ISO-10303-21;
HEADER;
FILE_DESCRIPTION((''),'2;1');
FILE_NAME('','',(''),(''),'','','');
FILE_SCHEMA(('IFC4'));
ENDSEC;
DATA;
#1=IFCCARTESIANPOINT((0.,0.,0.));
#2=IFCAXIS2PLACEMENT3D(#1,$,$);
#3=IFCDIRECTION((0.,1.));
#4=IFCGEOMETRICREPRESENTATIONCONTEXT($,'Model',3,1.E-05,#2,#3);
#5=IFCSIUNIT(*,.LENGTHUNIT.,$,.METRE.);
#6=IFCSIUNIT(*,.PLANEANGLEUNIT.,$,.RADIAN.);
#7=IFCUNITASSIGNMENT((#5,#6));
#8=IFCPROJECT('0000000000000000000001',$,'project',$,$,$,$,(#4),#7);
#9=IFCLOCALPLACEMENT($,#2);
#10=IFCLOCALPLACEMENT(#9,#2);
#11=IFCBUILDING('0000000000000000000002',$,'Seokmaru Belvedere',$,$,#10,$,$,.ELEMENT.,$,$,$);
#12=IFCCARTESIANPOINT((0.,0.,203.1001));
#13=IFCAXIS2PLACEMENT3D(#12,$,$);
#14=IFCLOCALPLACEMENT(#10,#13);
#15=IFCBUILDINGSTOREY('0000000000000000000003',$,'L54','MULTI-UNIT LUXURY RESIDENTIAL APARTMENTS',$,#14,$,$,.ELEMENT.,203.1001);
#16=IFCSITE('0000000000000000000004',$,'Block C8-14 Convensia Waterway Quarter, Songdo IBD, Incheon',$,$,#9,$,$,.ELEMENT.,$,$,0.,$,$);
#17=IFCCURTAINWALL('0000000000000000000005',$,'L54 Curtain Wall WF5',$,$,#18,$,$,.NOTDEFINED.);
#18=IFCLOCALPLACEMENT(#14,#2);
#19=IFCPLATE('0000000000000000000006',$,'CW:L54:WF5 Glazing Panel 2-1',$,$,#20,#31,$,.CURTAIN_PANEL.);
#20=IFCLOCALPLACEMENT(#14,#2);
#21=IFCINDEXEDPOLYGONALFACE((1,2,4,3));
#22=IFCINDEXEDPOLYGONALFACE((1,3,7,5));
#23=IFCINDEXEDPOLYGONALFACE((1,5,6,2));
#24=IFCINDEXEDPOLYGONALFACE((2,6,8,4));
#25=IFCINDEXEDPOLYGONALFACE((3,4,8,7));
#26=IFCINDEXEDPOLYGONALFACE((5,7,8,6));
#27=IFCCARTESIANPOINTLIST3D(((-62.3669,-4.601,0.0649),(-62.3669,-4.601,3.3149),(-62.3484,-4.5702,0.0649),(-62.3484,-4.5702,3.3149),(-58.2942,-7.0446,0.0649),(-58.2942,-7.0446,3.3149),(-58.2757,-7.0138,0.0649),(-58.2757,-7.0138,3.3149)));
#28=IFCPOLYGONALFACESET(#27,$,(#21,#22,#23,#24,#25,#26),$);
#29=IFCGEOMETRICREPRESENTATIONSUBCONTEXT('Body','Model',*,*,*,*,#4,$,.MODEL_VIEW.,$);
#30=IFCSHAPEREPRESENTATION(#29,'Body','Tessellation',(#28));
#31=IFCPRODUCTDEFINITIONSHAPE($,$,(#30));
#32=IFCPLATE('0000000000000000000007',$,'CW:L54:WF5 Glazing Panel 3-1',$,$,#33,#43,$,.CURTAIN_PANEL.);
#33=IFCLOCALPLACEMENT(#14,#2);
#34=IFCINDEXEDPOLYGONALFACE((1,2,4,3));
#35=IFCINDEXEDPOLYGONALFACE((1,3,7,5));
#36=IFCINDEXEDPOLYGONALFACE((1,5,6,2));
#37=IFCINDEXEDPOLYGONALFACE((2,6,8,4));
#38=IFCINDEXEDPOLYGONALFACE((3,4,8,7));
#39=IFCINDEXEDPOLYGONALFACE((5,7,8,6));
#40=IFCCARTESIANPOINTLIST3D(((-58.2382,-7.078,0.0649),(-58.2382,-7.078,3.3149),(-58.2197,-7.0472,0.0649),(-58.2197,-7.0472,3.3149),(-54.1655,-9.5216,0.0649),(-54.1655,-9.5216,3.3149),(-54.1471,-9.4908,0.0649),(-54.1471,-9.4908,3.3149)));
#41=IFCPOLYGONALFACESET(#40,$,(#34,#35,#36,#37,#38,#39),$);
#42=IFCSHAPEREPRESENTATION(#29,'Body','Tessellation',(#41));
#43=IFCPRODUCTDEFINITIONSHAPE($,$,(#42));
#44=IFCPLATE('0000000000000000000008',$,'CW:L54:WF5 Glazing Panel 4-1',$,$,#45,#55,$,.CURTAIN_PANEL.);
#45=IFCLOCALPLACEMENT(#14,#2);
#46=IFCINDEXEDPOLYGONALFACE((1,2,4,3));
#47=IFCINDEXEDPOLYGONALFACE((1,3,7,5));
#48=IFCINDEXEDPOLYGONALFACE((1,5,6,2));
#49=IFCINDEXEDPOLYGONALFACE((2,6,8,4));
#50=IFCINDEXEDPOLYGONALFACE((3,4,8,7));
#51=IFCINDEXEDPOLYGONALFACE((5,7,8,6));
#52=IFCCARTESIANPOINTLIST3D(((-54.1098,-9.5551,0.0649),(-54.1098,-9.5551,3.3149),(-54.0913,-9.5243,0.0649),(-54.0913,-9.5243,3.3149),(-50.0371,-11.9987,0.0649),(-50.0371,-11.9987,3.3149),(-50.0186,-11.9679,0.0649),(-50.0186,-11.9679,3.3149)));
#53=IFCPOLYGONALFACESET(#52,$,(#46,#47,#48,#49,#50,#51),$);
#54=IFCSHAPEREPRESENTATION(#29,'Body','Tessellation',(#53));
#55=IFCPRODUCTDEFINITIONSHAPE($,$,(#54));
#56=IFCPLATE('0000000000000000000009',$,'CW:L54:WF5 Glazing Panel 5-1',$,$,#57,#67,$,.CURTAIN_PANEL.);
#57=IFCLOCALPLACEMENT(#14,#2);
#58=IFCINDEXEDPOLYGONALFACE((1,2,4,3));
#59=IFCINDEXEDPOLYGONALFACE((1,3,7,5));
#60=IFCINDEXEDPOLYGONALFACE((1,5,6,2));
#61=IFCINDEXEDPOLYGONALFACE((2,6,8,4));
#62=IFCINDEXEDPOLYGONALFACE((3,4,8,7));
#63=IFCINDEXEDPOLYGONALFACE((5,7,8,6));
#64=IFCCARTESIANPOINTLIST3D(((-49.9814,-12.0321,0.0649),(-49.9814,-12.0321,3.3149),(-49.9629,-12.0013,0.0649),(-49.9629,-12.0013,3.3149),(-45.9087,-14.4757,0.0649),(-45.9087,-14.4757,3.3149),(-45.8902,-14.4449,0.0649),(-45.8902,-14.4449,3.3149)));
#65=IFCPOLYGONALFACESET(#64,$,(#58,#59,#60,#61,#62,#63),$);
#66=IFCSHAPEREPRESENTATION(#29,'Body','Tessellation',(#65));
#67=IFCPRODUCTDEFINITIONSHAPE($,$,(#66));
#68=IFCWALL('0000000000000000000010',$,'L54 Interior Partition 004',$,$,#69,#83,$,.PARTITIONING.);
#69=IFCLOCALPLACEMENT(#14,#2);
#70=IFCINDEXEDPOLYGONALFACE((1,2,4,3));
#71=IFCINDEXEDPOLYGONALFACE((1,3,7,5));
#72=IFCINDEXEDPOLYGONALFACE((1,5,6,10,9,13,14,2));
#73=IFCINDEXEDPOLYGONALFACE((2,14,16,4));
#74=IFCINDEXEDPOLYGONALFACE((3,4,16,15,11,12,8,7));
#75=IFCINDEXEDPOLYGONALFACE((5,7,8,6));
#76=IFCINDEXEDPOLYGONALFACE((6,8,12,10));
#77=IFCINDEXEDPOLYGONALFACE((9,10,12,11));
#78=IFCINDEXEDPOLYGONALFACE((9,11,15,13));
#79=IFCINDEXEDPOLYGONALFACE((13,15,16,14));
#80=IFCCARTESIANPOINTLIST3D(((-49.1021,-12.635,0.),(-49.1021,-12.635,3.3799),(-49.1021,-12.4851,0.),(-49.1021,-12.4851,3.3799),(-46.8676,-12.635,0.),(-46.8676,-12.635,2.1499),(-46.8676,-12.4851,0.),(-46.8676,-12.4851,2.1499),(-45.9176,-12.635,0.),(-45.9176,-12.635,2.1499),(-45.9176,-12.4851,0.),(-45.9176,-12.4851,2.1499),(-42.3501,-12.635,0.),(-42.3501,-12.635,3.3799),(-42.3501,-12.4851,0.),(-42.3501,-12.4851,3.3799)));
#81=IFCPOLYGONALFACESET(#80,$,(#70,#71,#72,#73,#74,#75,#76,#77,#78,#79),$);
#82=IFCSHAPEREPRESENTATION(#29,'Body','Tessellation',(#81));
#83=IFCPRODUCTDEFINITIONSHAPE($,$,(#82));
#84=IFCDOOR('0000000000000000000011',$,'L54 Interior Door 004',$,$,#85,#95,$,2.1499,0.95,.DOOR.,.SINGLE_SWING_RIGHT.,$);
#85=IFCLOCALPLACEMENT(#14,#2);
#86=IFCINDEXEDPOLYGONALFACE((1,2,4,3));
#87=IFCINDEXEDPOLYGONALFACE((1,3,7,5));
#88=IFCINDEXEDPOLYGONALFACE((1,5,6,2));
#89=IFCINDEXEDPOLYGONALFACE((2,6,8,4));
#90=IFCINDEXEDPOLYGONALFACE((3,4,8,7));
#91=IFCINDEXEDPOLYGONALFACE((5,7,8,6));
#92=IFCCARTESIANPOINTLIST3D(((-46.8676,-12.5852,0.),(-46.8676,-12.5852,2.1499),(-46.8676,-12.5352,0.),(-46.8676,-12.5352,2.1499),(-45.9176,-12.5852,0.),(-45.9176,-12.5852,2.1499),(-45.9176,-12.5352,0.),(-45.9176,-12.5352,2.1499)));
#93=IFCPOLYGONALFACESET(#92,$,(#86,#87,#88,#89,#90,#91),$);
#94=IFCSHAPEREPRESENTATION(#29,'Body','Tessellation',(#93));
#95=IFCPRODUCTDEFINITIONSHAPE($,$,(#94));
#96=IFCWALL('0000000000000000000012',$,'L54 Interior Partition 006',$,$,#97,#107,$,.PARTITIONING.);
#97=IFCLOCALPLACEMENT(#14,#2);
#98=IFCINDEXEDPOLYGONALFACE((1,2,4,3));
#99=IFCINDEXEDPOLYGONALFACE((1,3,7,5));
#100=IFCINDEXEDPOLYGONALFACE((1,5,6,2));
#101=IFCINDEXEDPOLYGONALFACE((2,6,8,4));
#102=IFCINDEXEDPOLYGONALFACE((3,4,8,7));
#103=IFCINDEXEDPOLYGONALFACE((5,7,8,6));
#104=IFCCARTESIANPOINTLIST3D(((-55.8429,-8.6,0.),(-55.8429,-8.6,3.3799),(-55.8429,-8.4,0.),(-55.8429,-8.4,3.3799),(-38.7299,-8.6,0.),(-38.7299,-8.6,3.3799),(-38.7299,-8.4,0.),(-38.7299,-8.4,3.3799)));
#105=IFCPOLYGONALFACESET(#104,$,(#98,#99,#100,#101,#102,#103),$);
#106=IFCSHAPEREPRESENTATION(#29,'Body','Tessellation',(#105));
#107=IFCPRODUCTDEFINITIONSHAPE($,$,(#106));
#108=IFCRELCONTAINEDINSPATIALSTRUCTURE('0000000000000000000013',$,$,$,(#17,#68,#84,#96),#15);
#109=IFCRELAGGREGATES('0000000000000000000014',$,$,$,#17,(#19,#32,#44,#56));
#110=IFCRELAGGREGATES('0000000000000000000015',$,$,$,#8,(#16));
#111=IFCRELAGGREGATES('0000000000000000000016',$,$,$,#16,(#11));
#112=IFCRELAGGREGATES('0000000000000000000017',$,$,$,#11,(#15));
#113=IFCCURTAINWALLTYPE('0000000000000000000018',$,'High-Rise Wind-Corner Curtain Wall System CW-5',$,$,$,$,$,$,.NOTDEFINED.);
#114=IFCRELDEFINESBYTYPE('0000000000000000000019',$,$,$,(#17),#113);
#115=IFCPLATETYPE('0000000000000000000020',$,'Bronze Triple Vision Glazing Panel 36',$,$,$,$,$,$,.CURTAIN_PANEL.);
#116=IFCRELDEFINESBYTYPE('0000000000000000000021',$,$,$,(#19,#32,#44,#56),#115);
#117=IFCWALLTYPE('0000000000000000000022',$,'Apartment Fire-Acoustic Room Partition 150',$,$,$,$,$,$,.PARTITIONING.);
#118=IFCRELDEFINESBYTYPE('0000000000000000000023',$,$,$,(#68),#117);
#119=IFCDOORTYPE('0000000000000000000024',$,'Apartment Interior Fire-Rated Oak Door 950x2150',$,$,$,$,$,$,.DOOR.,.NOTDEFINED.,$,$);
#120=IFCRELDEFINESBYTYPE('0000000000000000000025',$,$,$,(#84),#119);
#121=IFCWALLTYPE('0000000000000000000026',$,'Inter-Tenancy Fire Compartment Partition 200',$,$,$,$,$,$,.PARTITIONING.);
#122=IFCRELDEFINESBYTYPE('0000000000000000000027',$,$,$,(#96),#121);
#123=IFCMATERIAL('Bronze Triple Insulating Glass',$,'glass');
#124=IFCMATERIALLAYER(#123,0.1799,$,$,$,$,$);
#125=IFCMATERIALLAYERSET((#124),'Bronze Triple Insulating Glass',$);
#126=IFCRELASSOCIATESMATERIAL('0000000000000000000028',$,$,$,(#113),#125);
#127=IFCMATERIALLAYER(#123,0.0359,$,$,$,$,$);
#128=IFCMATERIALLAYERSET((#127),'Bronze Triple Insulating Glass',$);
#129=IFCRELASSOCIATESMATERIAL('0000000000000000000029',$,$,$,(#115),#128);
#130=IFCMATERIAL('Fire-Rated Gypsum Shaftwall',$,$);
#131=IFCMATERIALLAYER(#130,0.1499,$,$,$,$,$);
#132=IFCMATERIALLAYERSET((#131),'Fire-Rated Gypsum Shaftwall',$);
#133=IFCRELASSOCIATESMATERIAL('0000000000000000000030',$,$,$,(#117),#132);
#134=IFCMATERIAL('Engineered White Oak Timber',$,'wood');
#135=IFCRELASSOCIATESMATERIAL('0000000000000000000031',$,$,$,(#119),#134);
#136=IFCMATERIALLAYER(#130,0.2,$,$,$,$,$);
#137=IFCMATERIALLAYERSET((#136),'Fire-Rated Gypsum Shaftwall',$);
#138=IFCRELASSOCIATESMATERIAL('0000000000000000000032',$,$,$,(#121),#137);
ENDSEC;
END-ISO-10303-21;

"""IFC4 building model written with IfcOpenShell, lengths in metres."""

from ifc_helpers import new_model, si_unit, direction, frame, frame_2d, origin, origin_2d, place, context, subcontext, project, spatial, rectangle, extrude, source, transform, mapped, material, layer, layer_set, type_object, type_shapes, element, fill, aggregate, save


model = new_model("IFC4")

# Units and contexts
model_context = context("Model", 3, precision=1e-05, world=origin(), true_north=direction((0.0, 1.0)))
body_context = subcontext(model_context, "Body", "Model", "MODEL_VIEW")
ifc_project = project(units=[si_unit("LENGTHUNIT", "METRE"), si_unit("PLANEANGLEUNIT", "RADIAN")], contexts=[model_context])

# Site, building, storey
site_placement = place(None, origin())
site = spatial("IfcSite", under=ifc_project, at=site_placement, Name="Block C8-14 Convensia Waterway Quarter, Songdo IBD, Incheon", CompositionType="ELEMENT", RefElevation=0.0)
building_placement = place(site_placement, origin())
building = spatial("IfcBuilding", under=site, at=building_placement, Name="Seokmaru Belvedere", CompositionType="ELEMENT")
storey_placement = place(building_placement, frame((0.0, 0.0, 203.1001)))
storey = spatial("IfcBuildingStorey", under=building, at=storey_placement, Name="L54", Description="MULTI-UNIT LUXURY RESIDENTIAL APARTMENTS", CompositionType="ELEMENT", Elevation=203.1001)

# Curtain wall, plates
ifc_material_1 = material(Name="Bronze Triple Insulating Glass", Category="glass")
ifc_layer_1 = layer(ifc_material_1, 0.1799)
ifc_layer_set_1 = layer_set([ifc_layer_1], Name="Bronze Triple Insulating Glass")
curtain_wall_type = type_object("IfcCurtainWallType", Name="High-Rise Wind-Corner Curtain Wall System CW-5", PredefinedType="NOTDEFINED", material=ifc_layer_set_1)
curtain_wall_placement = place(storey_placement, origin())
curtain_wall = element("IfcCurtainWall", 1, at=curtain_wall_placement, inside=storey, type_object=curtain_wall_type, Name="L54 Curtain Wall WF5", PredefinedType="NOTDEFINED")
ifc_layer_2 = layer(ifc_material_1, 0.0359)
ifc_layer_set_2 = layer_set([ifc_layer_2], Name="Bronze Triple Insulating Glass")
plate_type = type_object("IfcPlateType", Name="Bronze Triple Vision Glazing Panel 36", PredefinedType="CURTAIN_PANEL", material=ifc_layer_set_2)
shared_shape_1 = source(origin(), body_context, "Body", "SweptSolid", [
    extrude(rectangle(XDim=4.7495, YDim=0.0359, at=origin_2d()), origin(), (0.0, 0.0, 1.0), 3.25),
])
plate_1_placement = place(storey_placement, frame((-60.3213, -5.8074, 0.0649), z_axis=(0.0, 0.0, 1.0), x_axis=(0.857493, -0.514495, 0.0)))
plate_1 = element("IfcPlate", 2, at=plate_1_placement, type_object=plate_type, Name="CW:L54:WF5 Glazing Panel 2-1", PredefinedType="CURTAIN_PANEL", context=body_context, shape_type="MappedRepresentation", body=[
    mapped(shared_shape_1, transform((0.0, 0.0, 0.0), scale=1.0)),
])
plate_2_placement = place(storey_placement, frame((-56.1926, -8.2844, 0.0649), z_axis=(0.0, 0.0, 1.0), x_axis=(0.857493, -0.514495, 0.0)))
plate_2 = element("IfcPlate", 3, at=plate_2_placement, type_object=plate_type, Name="CW:L54:WF5 Glazing Panel 3-1", PredefinedType="CURTAIN_PANEL", context=body_context, shape_type="MappedRepresentation", body=[
    mapped(shared_shape_1, transform((0.0, 0.0, 0.0), scale=1.0)),
])
plate_3_placement = place(storey_placement, frame((-52.0642, -10.7615, 0.0649), z_axis=(0.0, 0.0, 1.0), x_axis=(0.857493, -0.514495, 0.0)))
plate_3 = element("IfcPlate", 4, at=plate_3_placement, type_object=plate_type, Name="CW:L54:WF5 Glazing Panel 4-1", PredefinedType="CURTAIN_PANEL", context=body_context, shape_type="MappedRepresentation", body=[
    mapped(shared_shape_1, transform((0.0, 0.0, 0.0), scale=1.0)),
])
plate_4_placement = place(storey_placement, frame((-47.9358, -13.2385, 0.0649), z_axis=(0.0, 0.0, 1.0), x_axis=(0.857493, -0.514495, 0.0)))
plate_4 = element("IfcPlate", 5, at=plate_4_placement, type_object=plate_type, Name="CW:L54:WF5 Glazing Panel 5-1", PredefinedType="CURTAIN_PANEL", context=body_context, shape_type="MappedRepresentation", body=[
    mapped(shared_shape_1, transform((0.0, 0.0, 0.0), scale=1.0)),
])
aggregate(curtain_wall, [plate_1, plate_2, plate_3, plate_4])

# Wall, opening, door
ifc_material_2 = material(Name="Fire-Rated Gypsum Shaftwall")
ifc_layer_3 = layer(ifc_material_2, 0.1499)
ifc_layer_set_3 = layer_set([ifc_layer_3], Name="Fire-Rated Gypsum Shaftwall")
wall_type_1 = type_object("IfcWallType", Name="Apartment Fire-Acoustic Room Partition 150", PredefinedType="PARTITIONING", material=ifc_layer_set_3)
wall_1_placement = place(storey_placement, frame((-49.1021, -12.5601, 0.0), z_axis=(0.0, 0.0, 1.0), x_axis=(1.0, 0.0, 0.0)))
wall_1 = element("IfcWall", 6, at=wall_1_placement, inside=storey, type_object=wall_type_1, Name="L54 Interior Partition 004", PredefinedType="PARTITIONING", context=body_context, shape_type="SweptSolid", body=[
    extrude(rectangle(XDim=6.752, YDim=0.1499, at=frame_2d((3.376, 0.0))), origin(), (0.0, 0.0, 1.0), 3.3799),
])
opening_placement = place(wall_1_placement, frame((2.2344, 0.0, 0.0)))
opening = element("IfcOpeningElement", 7, at=opening_placement, cuts=wall_1, PredefinedType="OPENING", context=body_context, shape_type="SweptSolid", body=[
    extrude(rectangle(XDim=0.95, YDim=2.1499, at=frame_2d((0.4751, 1.075))), frame((0.0, 0.085, 0.0), z_axis=(0.0, -1.0, 0.0), x_axis=(1.0, 0.0, 0.0)), (0.0, 0.0, 1.0), 0.1699),
])
ifc_material_3 = material(Name="Engineered White Oak Timber", Category="wood")
door_type = type_object("IfcDoorType", Name="Apartment Interior Fire-Rated Oak Door 950x2150", OperationType="NOTDEFINED", PredefinedType="DOOR", material=ifc_material_3)
shared_shape_2 = source(origin(), body_context, "Body", "SweptSolid", [
    extrude(rectangle(XDim=0.95, YDim=2.1499, at=frame_2d((0.4751, 1.075))), frame((0.0, 0.0249, 0.0), z_axis=(0.0, -1.0, 0.0), x_axis=(1.0, 0.0, 0.0)), (0.0, 0.0, 1.0), 0.05),
])
type_shapes(door_type, [shared_shape_2])
door_placement = place(opening_placement, origin())
door = element("IfcDoor", 8, at=door_placement, inside=storey, type_object=door_type, Name="L54 Interior Door 004", OperationType="SINGLE_SWING_RIGHT", OverallHeight=2.1499, OverallWidth=0.95, PredefinedType="DOOR", context=body_context, shape_type="MappedRepresentation", body=[
    mapped(shared_shape_2, transform((0.0, 0.0, 0.0), scale=1.0)),
])
fill(opening, door)

# Wall
ifc_layer_4 = layer(ifc_material_2, 0.2)
ifc_layer_set_4 = layer_set([ifc_layer_4], Name="Fire-Rated Gypsum Shaftwall")
wall_type_2 = type_object("IfcWallType", Name="Inter-Tenancy Fire Compartment Partition 200", PredefinedType="PARTITIONING", material=ifc_layer_set_4)
wall_2_placement = place(storey_placement, frame((-55.843, -8.5, 0.0), z_axis=(0.0, 0.0, 1.0), x_axis=(1.0, 0.0, 0.0)))
element("IfcWall", 9, at=wall_2_placement, inside=storey, type_object=wall_type_2, Name="L54 Interior Partition 006", PredefinedType="PARTITIONING", context=body_context, shape_type="SweptSolid", body=[
    extrude(rectangle(XDim=17.113, YDim=0.2, at=frame_2d((8.5566, 0.0))), origin(), (0.0, 0.0, 1.0), 3.3799),
])

save(model, "model.ifc")
